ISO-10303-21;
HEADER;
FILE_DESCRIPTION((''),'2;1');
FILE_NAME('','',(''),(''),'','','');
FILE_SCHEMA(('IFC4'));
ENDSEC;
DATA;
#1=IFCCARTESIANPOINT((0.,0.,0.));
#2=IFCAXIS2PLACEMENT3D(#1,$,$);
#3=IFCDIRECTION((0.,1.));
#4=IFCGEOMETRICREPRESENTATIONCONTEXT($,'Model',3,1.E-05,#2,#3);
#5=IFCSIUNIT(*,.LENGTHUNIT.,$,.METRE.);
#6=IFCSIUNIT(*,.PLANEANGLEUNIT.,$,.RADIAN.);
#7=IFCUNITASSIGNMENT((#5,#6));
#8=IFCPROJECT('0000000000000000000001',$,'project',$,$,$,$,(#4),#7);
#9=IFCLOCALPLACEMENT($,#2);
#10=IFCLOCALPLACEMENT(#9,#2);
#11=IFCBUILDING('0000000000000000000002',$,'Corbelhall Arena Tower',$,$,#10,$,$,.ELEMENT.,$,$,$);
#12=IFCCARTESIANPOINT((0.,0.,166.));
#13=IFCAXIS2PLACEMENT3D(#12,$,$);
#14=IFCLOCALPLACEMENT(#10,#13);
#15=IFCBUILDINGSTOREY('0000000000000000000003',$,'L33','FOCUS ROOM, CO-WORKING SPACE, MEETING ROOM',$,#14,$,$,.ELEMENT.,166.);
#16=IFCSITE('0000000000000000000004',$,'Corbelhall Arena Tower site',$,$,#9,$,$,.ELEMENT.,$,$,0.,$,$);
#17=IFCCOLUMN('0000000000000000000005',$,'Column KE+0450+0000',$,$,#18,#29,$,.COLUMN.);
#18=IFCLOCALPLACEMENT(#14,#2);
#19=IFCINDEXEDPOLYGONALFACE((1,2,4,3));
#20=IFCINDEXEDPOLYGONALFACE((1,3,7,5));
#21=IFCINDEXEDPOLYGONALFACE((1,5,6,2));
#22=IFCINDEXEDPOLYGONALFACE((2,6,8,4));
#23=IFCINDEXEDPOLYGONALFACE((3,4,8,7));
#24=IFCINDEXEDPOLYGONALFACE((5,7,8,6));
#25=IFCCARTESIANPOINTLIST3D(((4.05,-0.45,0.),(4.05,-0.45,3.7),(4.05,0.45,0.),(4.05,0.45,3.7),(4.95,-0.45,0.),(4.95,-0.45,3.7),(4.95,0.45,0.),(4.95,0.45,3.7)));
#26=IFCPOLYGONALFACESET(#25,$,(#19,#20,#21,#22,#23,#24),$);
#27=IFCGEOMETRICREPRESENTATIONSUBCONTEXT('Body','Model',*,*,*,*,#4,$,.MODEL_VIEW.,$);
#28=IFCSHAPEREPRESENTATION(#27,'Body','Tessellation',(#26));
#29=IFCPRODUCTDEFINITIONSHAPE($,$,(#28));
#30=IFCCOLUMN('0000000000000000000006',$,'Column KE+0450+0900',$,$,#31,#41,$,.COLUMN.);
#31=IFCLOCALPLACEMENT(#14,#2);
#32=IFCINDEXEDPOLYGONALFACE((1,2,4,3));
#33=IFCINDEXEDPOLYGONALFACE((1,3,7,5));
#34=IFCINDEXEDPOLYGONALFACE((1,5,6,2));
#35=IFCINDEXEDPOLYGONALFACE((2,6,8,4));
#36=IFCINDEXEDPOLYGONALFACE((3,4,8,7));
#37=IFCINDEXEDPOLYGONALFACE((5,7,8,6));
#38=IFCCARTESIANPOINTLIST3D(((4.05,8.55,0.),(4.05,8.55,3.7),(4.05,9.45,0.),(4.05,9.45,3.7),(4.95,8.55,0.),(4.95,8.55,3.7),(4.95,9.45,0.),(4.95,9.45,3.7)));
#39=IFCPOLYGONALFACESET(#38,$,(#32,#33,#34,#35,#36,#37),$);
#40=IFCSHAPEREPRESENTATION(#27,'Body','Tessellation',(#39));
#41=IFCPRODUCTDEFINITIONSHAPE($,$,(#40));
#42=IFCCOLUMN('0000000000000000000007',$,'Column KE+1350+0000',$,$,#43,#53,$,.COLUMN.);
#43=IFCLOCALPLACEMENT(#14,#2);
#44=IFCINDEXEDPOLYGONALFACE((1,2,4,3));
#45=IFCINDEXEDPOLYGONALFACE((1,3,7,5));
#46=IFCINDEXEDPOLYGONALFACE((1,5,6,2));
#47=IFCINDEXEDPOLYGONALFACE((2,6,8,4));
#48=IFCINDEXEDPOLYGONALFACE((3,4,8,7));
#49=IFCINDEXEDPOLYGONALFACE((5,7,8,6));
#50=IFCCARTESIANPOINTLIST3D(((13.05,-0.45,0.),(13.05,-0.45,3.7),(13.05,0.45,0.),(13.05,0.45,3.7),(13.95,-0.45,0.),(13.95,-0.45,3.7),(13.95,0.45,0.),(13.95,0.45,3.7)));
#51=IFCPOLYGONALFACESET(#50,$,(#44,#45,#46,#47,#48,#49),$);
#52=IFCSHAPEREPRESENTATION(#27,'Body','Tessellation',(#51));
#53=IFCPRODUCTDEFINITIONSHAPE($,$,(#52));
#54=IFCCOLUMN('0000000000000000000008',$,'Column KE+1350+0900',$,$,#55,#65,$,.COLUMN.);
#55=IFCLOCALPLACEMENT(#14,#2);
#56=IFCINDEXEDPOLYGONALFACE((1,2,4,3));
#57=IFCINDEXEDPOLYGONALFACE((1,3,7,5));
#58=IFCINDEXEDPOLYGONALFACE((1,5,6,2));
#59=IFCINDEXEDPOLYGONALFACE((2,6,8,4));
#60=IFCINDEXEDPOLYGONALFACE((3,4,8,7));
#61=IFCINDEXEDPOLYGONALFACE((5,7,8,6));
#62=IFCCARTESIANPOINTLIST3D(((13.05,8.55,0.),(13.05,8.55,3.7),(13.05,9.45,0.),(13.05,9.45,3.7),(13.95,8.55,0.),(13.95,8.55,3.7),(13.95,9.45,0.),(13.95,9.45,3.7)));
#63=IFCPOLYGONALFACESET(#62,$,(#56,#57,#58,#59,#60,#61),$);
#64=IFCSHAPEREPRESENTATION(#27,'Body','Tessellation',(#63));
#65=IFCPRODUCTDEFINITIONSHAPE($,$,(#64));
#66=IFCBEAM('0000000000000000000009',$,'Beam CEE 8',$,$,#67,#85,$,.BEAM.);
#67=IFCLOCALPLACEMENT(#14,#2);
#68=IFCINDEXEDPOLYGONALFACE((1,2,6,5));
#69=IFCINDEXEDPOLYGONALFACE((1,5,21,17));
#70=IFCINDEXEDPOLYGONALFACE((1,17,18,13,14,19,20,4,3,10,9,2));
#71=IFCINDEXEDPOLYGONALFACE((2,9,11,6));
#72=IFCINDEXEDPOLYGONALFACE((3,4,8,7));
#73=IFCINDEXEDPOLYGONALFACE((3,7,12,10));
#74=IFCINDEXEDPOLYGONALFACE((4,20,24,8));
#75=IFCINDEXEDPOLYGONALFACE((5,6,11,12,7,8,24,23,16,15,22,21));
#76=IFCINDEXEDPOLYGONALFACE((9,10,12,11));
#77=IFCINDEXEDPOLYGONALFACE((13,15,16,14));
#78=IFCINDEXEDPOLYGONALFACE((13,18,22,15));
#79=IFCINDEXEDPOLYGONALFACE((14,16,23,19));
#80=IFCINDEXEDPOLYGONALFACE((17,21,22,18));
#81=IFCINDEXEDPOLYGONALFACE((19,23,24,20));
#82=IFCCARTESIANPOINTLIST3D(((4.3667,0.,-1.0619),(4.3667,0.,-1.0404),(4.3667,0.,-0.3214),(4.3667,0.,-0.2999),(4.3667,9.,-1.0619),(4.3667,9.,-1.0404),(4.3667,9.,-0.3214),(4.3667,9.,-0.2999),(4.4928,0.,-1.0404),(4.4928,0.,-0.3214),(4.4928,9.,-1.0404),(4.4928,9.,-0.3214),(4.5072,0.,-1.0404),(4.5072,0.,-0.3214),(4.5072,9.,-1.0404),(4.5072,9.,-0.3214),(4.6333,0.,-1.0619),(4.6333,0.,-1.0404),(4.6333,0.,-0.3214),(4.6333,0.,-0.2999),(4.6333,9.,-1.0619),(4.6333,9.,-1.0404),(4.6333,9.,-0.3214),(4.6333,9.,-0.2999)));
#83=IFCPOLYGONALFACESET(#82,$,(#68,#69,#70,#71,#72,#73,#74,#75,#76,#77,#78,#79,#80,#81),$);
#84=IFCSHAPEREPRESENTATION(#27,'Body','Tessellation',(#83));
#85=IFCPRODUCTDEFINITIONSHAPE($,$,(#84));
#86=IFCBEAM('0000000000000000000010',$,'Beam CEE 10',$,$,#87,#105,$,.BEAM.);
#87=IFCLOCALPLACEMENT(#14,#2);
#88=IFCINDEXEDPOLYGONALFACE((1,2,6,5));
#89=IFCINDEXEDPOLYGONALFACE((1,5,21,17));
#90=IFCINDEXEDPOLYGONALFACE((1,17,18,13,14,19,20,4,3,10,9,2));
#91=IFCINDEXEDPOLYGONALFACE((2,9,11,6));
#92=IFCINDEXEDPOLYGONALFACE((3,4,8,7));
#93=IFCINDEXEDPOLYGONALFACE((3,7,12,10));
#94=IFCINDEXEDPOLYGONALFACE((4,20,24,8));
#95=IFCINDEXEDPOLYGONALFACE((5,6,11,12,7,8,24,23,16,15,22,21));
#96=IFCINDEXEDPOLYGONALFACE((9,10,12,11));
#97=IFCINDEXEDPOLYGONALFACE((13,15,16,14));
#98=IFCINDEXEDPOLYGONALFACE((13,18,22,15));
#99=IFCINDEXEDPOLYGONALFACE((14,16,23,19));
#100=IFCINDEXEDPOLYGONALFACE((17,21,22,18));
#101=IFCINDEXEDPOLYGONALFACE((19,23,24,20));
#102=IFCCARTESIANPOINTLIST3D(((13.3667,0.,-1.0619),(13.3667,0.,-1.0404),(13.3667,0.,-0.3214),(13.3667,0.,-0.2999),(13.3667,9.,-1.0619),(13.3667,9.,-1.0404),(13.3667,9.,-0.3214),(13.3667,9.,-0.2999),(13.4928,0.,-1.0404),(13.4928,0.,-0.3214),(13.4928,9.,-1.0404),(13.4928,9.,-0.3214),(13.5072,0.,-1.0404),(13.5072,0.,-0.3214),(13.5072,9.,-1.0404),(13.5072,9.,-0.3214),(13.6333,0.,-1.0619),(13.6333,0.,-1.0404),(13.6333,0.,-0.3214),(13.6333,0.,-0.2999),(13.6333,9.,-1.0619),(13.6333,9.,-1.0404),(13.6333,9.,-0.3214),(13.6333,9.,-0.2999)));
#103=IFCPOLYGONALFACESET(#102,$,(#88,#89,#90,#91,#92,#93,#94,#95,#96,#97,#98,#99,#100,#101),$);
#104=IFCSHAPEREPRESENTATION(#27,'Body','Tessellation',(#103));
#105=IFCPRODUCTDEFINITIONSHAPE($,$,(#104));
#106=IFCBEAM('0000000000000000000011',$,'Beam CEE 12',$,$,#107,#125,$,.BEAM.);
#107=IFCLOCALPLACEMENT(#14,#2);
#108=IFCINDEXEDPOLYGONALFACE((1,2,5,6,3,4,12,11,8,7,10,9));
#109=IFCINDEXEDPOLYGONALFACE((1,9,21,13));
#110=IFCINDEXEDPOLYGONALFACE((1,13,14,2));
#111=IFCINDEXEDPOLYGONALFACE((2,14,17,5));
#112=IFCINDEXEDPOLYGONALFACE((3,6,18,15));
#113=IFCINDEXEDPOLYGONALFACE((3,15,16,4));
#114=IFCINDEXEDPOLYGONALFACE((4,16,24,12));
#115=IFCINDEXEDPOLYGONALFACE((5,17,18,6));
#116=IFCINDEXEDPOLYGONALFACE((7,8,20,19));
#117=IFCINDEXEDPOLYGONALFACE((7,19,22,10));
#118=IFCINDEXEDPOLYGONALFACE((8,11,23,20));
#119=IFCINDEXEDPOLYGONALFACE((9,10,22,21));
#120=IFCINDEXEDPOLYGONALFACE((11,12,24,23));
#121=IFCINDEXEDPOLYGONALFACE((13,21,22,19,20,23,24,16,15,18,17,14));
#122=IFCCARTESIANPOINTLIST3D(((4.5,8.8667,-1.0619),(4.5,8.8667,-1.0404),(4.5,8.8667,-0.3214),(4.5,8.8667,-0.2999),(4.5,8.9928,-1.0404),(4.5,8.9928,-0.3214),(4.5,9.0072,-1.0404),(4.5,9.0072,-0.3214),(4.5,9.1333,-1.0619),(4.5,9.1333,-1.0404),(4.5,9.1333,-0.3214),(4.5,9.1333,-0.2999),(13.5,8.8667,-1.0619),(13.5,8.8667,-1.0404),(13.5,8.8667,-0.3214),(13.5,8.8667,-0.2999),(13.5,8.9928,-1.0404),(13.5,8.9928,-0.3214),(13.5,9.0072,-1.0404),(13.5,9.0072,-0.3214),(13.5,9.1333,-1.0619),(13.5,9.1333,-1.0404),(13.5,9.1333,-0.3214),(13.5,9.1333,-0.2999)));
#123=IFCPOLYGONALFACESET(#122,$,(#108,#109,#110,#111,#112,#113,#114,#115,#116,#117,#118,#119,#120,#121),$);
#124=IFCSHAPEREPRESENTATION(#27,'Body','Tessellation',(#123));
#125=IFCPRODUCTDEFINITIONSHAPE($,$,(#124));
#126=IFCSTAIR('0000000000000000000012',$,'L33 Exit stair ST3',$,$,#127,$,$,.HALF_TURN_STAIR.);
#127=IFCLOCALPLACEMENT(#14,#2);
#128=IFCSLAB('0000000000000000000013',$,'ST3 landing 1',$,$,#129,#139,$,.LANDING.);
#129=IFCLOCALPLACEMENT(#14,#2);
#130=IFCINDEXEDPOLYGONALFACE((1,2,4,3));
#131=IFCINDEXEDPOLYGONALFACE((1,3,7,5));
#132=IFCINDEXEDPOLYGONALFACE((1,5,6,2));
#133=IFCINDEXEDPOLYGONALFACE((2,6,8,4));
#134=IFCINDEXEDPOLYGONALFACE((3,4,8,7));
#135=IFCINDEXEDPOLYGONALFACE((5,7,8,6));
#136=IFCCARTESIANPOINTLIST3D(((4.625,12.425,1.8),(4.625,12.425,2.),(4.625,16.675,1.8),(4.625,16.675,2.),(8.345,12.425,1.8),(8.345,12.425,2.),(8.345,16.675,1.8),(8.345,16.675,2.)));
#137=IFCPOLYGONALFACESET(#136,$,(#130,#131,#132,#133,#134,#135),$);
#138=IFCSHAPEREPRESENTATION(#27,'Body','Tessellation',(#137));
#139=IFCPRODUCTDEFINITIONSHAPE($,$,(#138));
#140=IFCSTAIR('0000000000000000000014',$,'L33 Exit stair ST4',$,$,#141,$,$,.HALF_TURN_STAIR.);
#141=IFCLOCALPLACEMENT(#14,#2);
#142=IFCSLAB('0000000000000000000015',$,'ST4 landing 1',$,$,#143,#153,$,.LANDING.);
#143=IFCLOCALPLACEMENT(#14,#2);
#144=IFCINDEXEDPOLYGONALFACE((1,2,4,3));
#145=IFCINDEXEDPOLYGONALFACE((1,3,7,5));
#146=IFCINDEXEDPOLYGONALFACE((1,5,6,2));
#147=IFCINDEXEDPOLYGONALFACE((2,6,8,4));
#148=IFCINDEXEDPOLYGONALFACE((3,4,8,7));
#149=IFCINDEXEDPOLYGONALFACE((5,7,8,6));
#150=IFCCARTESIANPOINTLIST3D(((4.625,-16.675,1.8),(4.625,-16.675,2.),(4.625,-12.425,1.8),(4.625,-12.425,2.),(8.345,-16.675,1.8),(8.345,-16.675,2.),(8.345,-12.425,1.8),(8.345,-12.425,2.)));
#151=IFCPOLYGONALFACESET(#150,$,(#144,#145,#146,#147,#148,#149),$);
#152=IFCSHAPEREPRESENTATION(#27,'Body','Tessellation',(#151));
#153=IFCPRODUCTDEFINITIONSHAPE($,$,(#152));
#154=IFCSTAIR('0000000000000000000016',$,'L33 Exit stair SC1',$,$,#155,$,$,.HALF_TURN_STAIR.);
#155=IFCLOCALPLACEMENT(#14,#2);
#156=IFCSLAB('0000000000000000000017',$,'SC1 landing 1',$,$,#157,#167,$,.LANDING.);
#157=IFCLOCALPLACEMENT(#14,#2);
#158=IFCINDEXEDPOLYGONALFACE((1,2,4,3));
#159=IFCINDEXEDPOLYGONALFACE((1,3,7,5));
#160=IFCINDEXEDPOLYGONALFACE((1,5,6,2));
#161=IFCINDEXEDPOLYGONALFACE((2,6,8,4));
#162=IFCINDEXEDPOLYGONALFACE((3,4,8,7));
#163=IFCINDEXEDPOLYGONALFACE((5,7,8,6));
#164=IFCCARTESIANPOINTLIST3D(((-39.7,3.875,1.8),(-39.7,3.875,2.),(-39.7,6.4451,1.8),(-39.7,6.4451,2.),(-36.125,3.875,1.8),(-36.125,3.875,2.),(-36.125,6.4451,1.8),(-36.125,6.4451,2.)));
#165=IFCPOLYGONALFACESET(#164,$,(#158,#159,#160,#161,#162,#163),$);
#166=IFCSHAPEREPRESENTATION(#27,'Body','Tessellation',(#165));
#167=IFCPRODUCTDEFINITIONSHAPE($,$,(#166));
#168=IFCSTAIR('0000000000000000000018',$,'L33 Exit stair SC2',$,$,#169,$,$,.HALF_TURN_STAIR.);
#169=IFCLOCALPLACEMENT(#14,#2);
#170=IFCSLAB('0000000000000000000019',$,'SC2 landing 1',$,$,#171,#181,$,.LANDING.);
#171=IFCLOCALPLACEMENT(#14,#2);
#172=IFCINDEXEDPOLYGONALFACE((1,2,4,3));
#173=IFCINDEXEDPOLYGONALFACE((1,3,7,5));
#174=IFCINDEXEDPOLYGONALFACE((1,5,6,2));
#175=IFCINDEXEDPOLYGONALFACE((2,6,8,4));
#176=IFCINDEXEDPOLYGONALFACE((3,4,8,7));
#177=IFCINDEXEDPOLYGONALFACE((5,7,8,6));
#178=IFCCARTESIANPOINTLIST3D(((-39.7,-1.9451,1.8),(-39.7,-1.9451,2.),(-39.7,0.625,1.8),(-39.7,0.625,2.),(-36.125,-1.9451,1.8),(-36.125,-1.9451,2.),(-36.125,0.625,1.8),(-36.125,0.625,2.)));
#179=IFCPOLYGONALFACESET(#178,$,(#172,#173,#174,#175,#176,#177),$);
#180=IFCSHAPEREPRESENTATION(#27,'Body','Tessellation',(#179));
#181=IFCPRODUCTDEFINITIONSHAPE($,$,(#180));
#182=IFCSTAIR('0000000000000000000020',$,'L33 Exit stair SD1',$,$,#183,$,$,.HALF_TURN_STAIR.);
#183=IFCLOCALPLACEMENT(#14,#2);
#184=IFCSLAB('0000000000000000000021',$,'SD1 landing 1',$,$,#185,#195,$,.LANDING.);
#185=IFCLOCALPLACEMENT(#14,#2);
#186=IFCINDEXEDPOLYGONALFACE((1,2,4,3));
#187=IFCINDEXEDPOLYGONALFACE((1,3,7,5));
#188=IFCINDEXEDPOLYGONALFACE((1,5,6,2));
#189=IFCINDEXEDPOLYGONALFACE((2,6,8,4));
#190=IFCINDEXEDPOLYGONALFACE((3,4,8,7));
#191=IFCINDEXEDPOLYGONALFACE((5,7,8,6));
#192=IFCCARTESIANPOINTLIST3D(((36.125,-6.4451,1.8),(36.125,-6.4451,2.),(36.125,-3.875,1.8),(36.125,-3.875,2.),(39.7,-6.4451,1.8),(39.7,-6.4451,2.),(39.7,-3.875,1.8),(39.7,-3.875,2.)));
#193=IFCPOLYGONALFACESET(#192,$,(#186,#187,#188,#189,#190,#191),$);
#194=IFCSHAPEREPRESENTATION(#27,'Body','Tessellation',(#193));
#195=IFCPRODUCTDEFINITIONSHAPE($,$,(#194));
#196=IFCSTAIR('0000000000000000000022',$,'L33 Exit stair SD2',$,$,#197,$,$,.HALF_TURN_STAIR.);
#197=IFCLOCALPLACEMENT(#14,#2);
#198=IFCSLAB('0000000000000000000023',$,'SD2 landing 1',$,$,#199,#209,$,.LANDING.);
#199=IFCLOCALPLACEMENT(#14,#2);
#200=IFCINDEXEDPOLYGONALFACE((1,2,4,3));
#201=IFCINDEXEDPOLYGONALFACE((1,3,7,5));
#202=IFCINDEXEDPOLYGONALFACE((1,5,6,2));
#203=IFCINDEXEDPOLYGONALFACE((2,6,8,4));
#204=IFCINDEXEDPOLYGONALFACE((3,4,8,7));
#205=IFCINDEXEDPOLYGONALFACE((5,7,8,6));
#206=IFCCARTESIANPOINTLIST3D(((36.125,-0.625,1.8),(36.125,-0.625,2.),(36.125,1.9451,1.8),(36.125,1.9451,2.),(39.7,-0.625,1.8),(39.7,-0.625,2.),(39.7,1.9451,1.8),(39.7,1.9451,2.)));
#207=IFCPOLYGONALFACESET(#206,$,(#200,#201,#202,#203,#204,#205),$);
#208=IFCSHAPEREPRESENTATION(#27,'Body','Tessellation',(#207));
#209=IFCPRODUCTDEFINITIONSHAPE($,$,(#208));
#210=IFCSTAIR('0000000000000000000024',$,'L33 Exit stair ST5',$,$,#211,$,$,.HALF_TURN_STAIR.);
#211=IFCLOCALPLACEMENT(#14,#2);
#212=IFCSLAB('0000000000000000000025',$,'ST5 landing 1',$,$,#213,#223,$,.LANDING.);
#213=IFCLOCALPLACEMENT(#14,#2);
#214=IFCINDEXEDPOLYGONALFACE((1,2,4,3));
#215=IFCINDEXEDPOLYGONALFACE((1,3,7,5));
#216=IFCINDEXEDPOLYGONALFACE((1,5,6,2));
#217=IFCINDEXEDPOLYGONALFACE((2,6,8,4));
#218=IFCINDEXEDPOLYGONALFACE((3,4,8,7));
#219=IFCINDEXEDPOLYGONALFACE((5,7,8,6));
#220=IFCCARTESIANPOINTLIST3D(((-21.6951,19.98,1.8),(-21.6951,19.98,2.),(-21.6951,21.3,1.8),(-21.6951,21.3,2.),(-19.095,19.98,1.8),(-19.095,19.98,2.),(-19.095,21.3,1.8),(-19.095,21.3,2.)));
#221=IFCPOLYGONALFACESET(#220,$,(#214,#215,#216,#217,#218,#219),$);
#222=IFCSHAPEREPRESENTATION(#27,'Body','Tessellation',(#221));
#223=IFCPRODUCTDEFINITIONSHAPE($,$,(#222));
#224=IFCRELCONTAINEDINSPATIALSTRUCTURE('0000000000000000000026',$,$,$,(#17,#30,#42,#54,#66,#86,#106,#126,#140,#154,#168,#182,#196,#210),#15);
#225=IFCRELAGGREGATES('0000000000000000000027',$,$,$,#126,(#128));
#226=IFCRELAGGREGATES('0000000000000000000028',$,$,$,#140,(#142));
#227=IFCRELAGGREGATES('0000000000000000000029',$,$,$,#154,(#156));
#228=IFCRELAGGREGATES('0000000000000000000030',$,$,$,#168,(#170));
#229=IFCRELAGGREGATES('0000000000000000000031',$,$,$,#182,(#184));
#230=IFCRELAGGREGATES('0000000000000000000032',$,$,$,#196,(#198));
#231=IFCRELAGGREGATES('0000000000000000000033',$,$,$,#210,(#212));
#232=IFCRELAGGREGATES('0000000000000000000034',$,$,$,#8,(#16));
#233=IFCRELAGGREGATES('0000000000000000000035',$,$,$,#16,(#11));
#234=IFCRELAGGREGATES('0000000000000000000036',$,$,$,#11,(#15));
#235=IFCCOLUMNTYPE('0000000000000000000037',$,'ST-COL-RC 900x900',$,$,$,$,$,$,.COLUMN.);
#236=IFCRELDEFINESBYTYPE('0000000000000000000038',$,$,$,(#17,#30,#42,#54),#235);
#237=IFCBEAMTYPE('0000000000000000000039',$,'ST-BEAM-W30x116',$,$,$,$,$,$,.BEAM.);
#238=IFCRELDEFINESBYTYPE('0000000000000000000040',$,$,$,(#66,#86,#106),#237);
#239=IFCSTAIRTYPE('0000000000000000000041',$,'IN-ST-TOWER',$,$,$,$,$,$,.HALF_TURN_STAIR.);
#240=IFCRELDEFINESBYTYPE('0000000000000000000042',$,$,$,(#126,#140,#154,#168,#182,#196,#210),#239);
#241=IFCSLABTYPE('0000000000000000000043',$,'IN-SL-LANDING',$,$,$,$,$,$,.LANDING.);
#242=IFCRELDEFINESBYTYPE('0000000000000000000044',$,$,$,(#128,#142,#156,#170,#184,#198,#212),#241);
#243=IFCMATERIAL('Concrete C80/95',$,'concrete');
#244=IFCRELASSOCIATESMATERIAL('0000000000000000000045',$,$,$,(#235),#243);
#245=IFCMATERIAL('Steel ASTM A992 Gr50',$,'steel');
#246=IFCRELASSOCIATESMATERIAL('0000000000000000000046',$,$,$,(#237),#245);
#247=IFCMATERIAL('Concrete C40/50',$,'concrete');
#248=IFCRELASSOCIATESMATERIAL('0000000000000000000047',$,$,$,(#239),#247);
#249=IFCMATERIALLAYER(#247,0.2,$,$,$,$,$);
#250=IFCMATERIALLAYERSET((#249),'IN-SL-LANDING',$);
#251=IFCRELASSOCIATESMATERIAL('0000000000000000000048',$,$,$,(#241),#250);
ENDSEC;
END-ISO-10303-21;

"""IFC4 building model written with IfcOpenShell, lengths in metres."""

from ifc_helpers import new_model, si_unit, direction, frame, origin, origin_2d, place, context, subcontext, project, spatial, polyline, rectangle, i_section, outline, extrude, material, layer, layer_set, material_profile, profile_set, type_object, element, aggregate, save


model = new_model("IFC4")

# Units and contexts
model_context = context("Model", 3, precision=1e-05, world=origin(), true_north=direction((0.0, 1.0)))
body_context = subcontext(model_context, "Body", "Model", "MODEL_VIEW")
ifc_project = project(units=[si_unit("LENGTHUNIT", "METRE"), si_unit("PLANEANGLEUNIT", "RADIAN")], contexts=[model_context])

# Site, building, storey
site_placement = place(None, origin())
site = spatial("IfcSite", under=ifc_project, at=site_placement, Name="Corbelhall Arena Tower site", CompositionType="ELEMENT", RefElevation=0.0)
building_placement = place(site_placement, origin())
building = spatial("IfcBuilding", under=site, at=building_placement, Name="Corbelhall Arena Tower", CompositionType="ELEMENT")
storey_placement = place(building_placement, frame((0.0, 0.0, 166.0)))
storey = spatial("IfcBuildingStorey", under=building, at=storey_placement, Name="L33", Description="FOCUS ROOM, CO-WORKING SPACE, MEETING ROOM", CompositionType="ELEMENT", Elevation=166.0)

# Columns
ifc_material_1 = material(Name="Concrete C80/95", Category="concrete")
ifc_material_profile_1 = material_profile(ifc_material_1, rectangle(XDim=0.8999, YDim=0.8999, at=origin_2d()))
ifc_profile_set_1 = profile_set([ifc_material_profile_1], Name="Concrete C80/95")
column_type = type_object("IfcColumnType", Name="ST-COL-RC 900x900", PredefinedType="COLUMN", material=ifc_profile_set_1)
for number, where, z_axis, x_axis, name in (
    (1, (4.5, 0.0, 0.0), (0.0, 0.0, 1.0), (1.0, 0.0, 0.0), "Column KE+0450+0000"),
    (2, (4.5, 9.0, 0.0), (0.0, 0.0, 1.0), (1.0, 0.0, 0.0), "Column KE+0450+0900"),
    (3, (13.5, 0.0, 0.0), (0.0, 0.0, 1.0), (1.0, 0.0, 0.0), "Column KE+1350+0000"),
    (4, (13.5, 9.0, 0.0), (0.0, 0.0, 1.0), (1.0, 0.0, 0.0), "Column KE+1350+0900"),
):
    element("IfcColumn", number, at=place(storey_placement, frame(where, z_axis=z_axis, x_axis=x_axis)), inside=storey, type_object=column_type, Name=name, PredefinedType="COLUMN", context=body_context, shape_type="SweptSolid", body=[
        extrude(rectangle(XDim=0.8999, YDim=0.8999, at=origin_2d()), origin(), (0.0, 0.0, 1.0), 3.7),
    ])

# Beams
ifc_material_2 = material(Name="Steel ASTM A992 Gr50", Category="steel")
ifc_material_profile_2 = material_profile(ifc_material_2, i_section(OverallWidth=0.2666, OverallDepth=0.762, WebThickness=0.0144, FlangeThickness=0.0215, at=origin_2d()))
ifc_profile_set_2 = profile_set([ifc_material_profile_2], Name="Steel ASTM A992 Gr50")
beam_type = type_object("IfcBeamType", Name="ST-BEAM-W30x116", PredefinedType="BEAM", material=ifc_profile_set_2)
for number, where, z_axis, x_axis, name in (
    (5, (4.5, 0.0, -0.6809), (0.0, 1.0, 0.0), (-1.0, 0.0, 0.0), "Beam CEE 8"),
    (6, (13.5, 0.0, -0.6809), (0.0, 1.0, 0.0), (-1.0, 0.0, 0.0), "Beam CEE 10"),
    (7, (4.5, 9.0, -0.6809), (1.0, 0.0, 0.0), (0.0, 1.0, 0.0), "Beam CEE 12"),
):
    element("IfcBeam", number, at=place(storey_placement, frame(where, z_axis=z_axis, x_axis=x_axis)), inside=storey, type_object=beam_type, Name=name, PredefinedType="BEAM", context=body_context, shape_type="SweptSolid", body=[
        extrude(i_section(OverallWidth=0.2666, OverallDepth=0.762, WebThickness=0.0144, FlangeThickness=0.0215, at=origin_2d()), origin(), (0.0, 0.0, 1.0), 9.0),
    ])

# Stairs, slabs
ifc_material_3 = material(Name="Concrete C40/50", Category="concrete")
stair_type = type_object("IfcStairType", Name="IN-ST-TOWER", PredefinedType="HALF_TURN_STAIR", material=ifc_material_3)
stair_1_placement = place(storey_placement, origin())
stair_1 = element("IfcStair", 8, at=stair_1_placement, inside=storey, type_object=stair_type, Name="L33 Exit stair ST3", PredefinedType="HALF_TURN_STAIR")
ifc_layer_1 = layer(ifc_material_3, 0.2)
ifc_layer_set_1 = layer_set([ifc_layer_1], Name="IN-SL-LANDING")
slab_type = type_object("IfcSlabType", Name="IN-SL-LANDING", PredefinedType="LANDING", material=ifc_layer_set_1)
slab_1_placement = place(storey_placement, frame((0.0, 0.0, 1.8)))
slab_1 = element("IfcSlab", 9, at=slab_1_placement, type_object=slab_type, Name="ST3 landing 1", PredefinedType="LANDING", context=body_context, shape_type="SweptSolid", body=[
    extrude(outline(polyline([(8.345, 16.675), (4.625, 16.675), (4.625, 12.425), (8.345, 12.425), (8.345, 16.675)])), origin(), (0.0, 0.0, 1.0), 0.2),
])
aggregate(stair_1, [slab_1])
stair_2_placement = place(storey_placement, origin())
stair_2 = element("IfcStair", 10, at=stair_2_placement, inside=storey, type_object=stair_type, Name="L33 Exit stair ST4", PredefinedType="HALF_TURN_STAIR")
slab_2_placement = place(storey_placement, frame((0.0, 0.0, 1.8)))
slab_2 = element("IfcSlab", 11, at=slab_2_placement, type_object=slab_type, Name="ST4 landing 1", PredefinedType="LANDING", context=body_context, shape_type="SweptSolid", body=[
    extrude(outline(polyline([(8.345, -12.425), (4.625, -12.425), (4.625, -16.675), (8.345, -16.675), (8.345, -12.425)])), origin(), (0.0, 0.0, 1.0), 0.2),
])
aggregate(stair_2, [slab_2])
stair_3_placement = place(storey_placement, origin())
stair_3 = element("IfcStair", 12, at=stair_3_placement, inside=storey, type_object=stair_type, Name="L33 Exit stair SC1", PredefinedType="HALF_TURN_STAIR")
slab_3_placement = place(storey_placement, frame((0.0, 0.0, 1.8)))
slab_3 = element("IfcSlab", 13, at=slab_3_placement, type_object=slab_type, Name="SC1 landing 1", PredefinedType="LANDING", context=body_context, shape_type="SweptSolid", body=[
    extrude(outline(polyline([(-39.7, 6.4451), (-39.7, 3.875), (-36.125, 3.875), (-36.125, 6.4451), (-39.7, 6.4451)])), origin(), (0.0, 0.0, 1.0), 0.2),
])
aggregate(stair_3, [slab_3])
stair_4_placement = place(storey_placement, origin())
stair_4 = element("IfcStair", 14, at=stair_4_placement, inside=storey, type_object=stair_type, Name="L33 Exit stair SC2", PredefinedType="HALF_TURN_STAIR")
slab_4_placement = place(storey_placement, frame((0.0, 0.0, 1.8)))
slab_4 = element("IfcSlab", 15, at=slab_4_placement, type_object=slab_type, Name="SC2 landing 1", PredefinedType="LANDING", context=body_context, shape_type="SweptSolid", body=[
    extrude(outline(polyline([(-36.125, -1.9451), (-36.125, 0.625), (-39.7, 0.625), (-39.7, -1.9451), (-36.125, -1.9451)])), origin(), (0.0, 0.0, 1.0), 0.2),
])
aggregate(stair_4, [slab_4])
stair_5_placement = place(storey_placement, origin())
stair_5 = element("IfcStair", 16, at=stair_5_placement, inside=storey, type_object=stair_type, Name="L33 Exit stair SD1", PredefinedType="HALF_TURN_STAIR")
slab_5_placement = place(storey_placement, frame((0.0, 0.0, 1.8)))
slab_5 = element("IfcSlab", 17, at=slab_5_placement, type_object=slab_type, Name="SD1 landing 1", PredefinedType="LANDING", context=body_context, shape_type="SweptSolid", body=[
    extrude(outline(polyline([(39.7, -6.4451), (39.7, -3.875), (36.125, -3.875), (36.125, -6.4451), (39.7, -6.4451)])), origin(), (0.0, 0.0, 1.0), 0.2),
])
aggregate(stair_5, [slab_5])
stair_6_placement = place(storey_placement, origin())
stair_6 = element("IfcStair", 18, at=stair_6_placement, inside=storey, type_object=stair_type, Name="L33 Exit stair SD2", PredefinedType="HALF_TURN_STAIR")
slab_6_placement = place(storey_placement, frame((0.0, 0.0, 1.8)))
slab_6 = element("IfcSlab", 19, at=slab_6_placement, type_object=slab_type, Name="SD2 landing 1", PredefinedType="LANDING", context=body_context, shape_type="SweptSolid", body=[
    extrude(outline(polyline([(36.125, 1.9451), (36.125, -0.625), (39.7, -0.625), (39.7, 1.9451), (36.125, 1.9451)])), origin(), (0.0, 0.0, 1.0), 0.2),
])
aggregate(stair_6, [slab_6])
stair_7_placement = place(storey_placement, origin())
stair_7 = element("IfcStair", 20, at=stair_7_placement, inside=storey, type_object=stair_type, Name="L33 Exit stair ST5", PredefinedType="HALF_TURN_STAIR")
slab_7_placement = place(storey_placement, frame((0.0, 0.0, 1.8)))
slab_7 = element("IfcSlab", 21, at=slab_7_placement, type_object=slab_type, Name="ST5 landing 1", PredefinedType="LANDING", context=body_context, shape_type="SweptSolid", body=[
    extrude(outline(polyline([(-19.095, 19.98), (-19.095, 21.3), (-21.6951, 21.3), (-21.6951, 19.98), (-19.095, 19.98)])), origin(), (0.0, 0.0, 1.0), 0.2),
])
aggregate(stair_7, [slab_7])

save(model, "model.ifc")
